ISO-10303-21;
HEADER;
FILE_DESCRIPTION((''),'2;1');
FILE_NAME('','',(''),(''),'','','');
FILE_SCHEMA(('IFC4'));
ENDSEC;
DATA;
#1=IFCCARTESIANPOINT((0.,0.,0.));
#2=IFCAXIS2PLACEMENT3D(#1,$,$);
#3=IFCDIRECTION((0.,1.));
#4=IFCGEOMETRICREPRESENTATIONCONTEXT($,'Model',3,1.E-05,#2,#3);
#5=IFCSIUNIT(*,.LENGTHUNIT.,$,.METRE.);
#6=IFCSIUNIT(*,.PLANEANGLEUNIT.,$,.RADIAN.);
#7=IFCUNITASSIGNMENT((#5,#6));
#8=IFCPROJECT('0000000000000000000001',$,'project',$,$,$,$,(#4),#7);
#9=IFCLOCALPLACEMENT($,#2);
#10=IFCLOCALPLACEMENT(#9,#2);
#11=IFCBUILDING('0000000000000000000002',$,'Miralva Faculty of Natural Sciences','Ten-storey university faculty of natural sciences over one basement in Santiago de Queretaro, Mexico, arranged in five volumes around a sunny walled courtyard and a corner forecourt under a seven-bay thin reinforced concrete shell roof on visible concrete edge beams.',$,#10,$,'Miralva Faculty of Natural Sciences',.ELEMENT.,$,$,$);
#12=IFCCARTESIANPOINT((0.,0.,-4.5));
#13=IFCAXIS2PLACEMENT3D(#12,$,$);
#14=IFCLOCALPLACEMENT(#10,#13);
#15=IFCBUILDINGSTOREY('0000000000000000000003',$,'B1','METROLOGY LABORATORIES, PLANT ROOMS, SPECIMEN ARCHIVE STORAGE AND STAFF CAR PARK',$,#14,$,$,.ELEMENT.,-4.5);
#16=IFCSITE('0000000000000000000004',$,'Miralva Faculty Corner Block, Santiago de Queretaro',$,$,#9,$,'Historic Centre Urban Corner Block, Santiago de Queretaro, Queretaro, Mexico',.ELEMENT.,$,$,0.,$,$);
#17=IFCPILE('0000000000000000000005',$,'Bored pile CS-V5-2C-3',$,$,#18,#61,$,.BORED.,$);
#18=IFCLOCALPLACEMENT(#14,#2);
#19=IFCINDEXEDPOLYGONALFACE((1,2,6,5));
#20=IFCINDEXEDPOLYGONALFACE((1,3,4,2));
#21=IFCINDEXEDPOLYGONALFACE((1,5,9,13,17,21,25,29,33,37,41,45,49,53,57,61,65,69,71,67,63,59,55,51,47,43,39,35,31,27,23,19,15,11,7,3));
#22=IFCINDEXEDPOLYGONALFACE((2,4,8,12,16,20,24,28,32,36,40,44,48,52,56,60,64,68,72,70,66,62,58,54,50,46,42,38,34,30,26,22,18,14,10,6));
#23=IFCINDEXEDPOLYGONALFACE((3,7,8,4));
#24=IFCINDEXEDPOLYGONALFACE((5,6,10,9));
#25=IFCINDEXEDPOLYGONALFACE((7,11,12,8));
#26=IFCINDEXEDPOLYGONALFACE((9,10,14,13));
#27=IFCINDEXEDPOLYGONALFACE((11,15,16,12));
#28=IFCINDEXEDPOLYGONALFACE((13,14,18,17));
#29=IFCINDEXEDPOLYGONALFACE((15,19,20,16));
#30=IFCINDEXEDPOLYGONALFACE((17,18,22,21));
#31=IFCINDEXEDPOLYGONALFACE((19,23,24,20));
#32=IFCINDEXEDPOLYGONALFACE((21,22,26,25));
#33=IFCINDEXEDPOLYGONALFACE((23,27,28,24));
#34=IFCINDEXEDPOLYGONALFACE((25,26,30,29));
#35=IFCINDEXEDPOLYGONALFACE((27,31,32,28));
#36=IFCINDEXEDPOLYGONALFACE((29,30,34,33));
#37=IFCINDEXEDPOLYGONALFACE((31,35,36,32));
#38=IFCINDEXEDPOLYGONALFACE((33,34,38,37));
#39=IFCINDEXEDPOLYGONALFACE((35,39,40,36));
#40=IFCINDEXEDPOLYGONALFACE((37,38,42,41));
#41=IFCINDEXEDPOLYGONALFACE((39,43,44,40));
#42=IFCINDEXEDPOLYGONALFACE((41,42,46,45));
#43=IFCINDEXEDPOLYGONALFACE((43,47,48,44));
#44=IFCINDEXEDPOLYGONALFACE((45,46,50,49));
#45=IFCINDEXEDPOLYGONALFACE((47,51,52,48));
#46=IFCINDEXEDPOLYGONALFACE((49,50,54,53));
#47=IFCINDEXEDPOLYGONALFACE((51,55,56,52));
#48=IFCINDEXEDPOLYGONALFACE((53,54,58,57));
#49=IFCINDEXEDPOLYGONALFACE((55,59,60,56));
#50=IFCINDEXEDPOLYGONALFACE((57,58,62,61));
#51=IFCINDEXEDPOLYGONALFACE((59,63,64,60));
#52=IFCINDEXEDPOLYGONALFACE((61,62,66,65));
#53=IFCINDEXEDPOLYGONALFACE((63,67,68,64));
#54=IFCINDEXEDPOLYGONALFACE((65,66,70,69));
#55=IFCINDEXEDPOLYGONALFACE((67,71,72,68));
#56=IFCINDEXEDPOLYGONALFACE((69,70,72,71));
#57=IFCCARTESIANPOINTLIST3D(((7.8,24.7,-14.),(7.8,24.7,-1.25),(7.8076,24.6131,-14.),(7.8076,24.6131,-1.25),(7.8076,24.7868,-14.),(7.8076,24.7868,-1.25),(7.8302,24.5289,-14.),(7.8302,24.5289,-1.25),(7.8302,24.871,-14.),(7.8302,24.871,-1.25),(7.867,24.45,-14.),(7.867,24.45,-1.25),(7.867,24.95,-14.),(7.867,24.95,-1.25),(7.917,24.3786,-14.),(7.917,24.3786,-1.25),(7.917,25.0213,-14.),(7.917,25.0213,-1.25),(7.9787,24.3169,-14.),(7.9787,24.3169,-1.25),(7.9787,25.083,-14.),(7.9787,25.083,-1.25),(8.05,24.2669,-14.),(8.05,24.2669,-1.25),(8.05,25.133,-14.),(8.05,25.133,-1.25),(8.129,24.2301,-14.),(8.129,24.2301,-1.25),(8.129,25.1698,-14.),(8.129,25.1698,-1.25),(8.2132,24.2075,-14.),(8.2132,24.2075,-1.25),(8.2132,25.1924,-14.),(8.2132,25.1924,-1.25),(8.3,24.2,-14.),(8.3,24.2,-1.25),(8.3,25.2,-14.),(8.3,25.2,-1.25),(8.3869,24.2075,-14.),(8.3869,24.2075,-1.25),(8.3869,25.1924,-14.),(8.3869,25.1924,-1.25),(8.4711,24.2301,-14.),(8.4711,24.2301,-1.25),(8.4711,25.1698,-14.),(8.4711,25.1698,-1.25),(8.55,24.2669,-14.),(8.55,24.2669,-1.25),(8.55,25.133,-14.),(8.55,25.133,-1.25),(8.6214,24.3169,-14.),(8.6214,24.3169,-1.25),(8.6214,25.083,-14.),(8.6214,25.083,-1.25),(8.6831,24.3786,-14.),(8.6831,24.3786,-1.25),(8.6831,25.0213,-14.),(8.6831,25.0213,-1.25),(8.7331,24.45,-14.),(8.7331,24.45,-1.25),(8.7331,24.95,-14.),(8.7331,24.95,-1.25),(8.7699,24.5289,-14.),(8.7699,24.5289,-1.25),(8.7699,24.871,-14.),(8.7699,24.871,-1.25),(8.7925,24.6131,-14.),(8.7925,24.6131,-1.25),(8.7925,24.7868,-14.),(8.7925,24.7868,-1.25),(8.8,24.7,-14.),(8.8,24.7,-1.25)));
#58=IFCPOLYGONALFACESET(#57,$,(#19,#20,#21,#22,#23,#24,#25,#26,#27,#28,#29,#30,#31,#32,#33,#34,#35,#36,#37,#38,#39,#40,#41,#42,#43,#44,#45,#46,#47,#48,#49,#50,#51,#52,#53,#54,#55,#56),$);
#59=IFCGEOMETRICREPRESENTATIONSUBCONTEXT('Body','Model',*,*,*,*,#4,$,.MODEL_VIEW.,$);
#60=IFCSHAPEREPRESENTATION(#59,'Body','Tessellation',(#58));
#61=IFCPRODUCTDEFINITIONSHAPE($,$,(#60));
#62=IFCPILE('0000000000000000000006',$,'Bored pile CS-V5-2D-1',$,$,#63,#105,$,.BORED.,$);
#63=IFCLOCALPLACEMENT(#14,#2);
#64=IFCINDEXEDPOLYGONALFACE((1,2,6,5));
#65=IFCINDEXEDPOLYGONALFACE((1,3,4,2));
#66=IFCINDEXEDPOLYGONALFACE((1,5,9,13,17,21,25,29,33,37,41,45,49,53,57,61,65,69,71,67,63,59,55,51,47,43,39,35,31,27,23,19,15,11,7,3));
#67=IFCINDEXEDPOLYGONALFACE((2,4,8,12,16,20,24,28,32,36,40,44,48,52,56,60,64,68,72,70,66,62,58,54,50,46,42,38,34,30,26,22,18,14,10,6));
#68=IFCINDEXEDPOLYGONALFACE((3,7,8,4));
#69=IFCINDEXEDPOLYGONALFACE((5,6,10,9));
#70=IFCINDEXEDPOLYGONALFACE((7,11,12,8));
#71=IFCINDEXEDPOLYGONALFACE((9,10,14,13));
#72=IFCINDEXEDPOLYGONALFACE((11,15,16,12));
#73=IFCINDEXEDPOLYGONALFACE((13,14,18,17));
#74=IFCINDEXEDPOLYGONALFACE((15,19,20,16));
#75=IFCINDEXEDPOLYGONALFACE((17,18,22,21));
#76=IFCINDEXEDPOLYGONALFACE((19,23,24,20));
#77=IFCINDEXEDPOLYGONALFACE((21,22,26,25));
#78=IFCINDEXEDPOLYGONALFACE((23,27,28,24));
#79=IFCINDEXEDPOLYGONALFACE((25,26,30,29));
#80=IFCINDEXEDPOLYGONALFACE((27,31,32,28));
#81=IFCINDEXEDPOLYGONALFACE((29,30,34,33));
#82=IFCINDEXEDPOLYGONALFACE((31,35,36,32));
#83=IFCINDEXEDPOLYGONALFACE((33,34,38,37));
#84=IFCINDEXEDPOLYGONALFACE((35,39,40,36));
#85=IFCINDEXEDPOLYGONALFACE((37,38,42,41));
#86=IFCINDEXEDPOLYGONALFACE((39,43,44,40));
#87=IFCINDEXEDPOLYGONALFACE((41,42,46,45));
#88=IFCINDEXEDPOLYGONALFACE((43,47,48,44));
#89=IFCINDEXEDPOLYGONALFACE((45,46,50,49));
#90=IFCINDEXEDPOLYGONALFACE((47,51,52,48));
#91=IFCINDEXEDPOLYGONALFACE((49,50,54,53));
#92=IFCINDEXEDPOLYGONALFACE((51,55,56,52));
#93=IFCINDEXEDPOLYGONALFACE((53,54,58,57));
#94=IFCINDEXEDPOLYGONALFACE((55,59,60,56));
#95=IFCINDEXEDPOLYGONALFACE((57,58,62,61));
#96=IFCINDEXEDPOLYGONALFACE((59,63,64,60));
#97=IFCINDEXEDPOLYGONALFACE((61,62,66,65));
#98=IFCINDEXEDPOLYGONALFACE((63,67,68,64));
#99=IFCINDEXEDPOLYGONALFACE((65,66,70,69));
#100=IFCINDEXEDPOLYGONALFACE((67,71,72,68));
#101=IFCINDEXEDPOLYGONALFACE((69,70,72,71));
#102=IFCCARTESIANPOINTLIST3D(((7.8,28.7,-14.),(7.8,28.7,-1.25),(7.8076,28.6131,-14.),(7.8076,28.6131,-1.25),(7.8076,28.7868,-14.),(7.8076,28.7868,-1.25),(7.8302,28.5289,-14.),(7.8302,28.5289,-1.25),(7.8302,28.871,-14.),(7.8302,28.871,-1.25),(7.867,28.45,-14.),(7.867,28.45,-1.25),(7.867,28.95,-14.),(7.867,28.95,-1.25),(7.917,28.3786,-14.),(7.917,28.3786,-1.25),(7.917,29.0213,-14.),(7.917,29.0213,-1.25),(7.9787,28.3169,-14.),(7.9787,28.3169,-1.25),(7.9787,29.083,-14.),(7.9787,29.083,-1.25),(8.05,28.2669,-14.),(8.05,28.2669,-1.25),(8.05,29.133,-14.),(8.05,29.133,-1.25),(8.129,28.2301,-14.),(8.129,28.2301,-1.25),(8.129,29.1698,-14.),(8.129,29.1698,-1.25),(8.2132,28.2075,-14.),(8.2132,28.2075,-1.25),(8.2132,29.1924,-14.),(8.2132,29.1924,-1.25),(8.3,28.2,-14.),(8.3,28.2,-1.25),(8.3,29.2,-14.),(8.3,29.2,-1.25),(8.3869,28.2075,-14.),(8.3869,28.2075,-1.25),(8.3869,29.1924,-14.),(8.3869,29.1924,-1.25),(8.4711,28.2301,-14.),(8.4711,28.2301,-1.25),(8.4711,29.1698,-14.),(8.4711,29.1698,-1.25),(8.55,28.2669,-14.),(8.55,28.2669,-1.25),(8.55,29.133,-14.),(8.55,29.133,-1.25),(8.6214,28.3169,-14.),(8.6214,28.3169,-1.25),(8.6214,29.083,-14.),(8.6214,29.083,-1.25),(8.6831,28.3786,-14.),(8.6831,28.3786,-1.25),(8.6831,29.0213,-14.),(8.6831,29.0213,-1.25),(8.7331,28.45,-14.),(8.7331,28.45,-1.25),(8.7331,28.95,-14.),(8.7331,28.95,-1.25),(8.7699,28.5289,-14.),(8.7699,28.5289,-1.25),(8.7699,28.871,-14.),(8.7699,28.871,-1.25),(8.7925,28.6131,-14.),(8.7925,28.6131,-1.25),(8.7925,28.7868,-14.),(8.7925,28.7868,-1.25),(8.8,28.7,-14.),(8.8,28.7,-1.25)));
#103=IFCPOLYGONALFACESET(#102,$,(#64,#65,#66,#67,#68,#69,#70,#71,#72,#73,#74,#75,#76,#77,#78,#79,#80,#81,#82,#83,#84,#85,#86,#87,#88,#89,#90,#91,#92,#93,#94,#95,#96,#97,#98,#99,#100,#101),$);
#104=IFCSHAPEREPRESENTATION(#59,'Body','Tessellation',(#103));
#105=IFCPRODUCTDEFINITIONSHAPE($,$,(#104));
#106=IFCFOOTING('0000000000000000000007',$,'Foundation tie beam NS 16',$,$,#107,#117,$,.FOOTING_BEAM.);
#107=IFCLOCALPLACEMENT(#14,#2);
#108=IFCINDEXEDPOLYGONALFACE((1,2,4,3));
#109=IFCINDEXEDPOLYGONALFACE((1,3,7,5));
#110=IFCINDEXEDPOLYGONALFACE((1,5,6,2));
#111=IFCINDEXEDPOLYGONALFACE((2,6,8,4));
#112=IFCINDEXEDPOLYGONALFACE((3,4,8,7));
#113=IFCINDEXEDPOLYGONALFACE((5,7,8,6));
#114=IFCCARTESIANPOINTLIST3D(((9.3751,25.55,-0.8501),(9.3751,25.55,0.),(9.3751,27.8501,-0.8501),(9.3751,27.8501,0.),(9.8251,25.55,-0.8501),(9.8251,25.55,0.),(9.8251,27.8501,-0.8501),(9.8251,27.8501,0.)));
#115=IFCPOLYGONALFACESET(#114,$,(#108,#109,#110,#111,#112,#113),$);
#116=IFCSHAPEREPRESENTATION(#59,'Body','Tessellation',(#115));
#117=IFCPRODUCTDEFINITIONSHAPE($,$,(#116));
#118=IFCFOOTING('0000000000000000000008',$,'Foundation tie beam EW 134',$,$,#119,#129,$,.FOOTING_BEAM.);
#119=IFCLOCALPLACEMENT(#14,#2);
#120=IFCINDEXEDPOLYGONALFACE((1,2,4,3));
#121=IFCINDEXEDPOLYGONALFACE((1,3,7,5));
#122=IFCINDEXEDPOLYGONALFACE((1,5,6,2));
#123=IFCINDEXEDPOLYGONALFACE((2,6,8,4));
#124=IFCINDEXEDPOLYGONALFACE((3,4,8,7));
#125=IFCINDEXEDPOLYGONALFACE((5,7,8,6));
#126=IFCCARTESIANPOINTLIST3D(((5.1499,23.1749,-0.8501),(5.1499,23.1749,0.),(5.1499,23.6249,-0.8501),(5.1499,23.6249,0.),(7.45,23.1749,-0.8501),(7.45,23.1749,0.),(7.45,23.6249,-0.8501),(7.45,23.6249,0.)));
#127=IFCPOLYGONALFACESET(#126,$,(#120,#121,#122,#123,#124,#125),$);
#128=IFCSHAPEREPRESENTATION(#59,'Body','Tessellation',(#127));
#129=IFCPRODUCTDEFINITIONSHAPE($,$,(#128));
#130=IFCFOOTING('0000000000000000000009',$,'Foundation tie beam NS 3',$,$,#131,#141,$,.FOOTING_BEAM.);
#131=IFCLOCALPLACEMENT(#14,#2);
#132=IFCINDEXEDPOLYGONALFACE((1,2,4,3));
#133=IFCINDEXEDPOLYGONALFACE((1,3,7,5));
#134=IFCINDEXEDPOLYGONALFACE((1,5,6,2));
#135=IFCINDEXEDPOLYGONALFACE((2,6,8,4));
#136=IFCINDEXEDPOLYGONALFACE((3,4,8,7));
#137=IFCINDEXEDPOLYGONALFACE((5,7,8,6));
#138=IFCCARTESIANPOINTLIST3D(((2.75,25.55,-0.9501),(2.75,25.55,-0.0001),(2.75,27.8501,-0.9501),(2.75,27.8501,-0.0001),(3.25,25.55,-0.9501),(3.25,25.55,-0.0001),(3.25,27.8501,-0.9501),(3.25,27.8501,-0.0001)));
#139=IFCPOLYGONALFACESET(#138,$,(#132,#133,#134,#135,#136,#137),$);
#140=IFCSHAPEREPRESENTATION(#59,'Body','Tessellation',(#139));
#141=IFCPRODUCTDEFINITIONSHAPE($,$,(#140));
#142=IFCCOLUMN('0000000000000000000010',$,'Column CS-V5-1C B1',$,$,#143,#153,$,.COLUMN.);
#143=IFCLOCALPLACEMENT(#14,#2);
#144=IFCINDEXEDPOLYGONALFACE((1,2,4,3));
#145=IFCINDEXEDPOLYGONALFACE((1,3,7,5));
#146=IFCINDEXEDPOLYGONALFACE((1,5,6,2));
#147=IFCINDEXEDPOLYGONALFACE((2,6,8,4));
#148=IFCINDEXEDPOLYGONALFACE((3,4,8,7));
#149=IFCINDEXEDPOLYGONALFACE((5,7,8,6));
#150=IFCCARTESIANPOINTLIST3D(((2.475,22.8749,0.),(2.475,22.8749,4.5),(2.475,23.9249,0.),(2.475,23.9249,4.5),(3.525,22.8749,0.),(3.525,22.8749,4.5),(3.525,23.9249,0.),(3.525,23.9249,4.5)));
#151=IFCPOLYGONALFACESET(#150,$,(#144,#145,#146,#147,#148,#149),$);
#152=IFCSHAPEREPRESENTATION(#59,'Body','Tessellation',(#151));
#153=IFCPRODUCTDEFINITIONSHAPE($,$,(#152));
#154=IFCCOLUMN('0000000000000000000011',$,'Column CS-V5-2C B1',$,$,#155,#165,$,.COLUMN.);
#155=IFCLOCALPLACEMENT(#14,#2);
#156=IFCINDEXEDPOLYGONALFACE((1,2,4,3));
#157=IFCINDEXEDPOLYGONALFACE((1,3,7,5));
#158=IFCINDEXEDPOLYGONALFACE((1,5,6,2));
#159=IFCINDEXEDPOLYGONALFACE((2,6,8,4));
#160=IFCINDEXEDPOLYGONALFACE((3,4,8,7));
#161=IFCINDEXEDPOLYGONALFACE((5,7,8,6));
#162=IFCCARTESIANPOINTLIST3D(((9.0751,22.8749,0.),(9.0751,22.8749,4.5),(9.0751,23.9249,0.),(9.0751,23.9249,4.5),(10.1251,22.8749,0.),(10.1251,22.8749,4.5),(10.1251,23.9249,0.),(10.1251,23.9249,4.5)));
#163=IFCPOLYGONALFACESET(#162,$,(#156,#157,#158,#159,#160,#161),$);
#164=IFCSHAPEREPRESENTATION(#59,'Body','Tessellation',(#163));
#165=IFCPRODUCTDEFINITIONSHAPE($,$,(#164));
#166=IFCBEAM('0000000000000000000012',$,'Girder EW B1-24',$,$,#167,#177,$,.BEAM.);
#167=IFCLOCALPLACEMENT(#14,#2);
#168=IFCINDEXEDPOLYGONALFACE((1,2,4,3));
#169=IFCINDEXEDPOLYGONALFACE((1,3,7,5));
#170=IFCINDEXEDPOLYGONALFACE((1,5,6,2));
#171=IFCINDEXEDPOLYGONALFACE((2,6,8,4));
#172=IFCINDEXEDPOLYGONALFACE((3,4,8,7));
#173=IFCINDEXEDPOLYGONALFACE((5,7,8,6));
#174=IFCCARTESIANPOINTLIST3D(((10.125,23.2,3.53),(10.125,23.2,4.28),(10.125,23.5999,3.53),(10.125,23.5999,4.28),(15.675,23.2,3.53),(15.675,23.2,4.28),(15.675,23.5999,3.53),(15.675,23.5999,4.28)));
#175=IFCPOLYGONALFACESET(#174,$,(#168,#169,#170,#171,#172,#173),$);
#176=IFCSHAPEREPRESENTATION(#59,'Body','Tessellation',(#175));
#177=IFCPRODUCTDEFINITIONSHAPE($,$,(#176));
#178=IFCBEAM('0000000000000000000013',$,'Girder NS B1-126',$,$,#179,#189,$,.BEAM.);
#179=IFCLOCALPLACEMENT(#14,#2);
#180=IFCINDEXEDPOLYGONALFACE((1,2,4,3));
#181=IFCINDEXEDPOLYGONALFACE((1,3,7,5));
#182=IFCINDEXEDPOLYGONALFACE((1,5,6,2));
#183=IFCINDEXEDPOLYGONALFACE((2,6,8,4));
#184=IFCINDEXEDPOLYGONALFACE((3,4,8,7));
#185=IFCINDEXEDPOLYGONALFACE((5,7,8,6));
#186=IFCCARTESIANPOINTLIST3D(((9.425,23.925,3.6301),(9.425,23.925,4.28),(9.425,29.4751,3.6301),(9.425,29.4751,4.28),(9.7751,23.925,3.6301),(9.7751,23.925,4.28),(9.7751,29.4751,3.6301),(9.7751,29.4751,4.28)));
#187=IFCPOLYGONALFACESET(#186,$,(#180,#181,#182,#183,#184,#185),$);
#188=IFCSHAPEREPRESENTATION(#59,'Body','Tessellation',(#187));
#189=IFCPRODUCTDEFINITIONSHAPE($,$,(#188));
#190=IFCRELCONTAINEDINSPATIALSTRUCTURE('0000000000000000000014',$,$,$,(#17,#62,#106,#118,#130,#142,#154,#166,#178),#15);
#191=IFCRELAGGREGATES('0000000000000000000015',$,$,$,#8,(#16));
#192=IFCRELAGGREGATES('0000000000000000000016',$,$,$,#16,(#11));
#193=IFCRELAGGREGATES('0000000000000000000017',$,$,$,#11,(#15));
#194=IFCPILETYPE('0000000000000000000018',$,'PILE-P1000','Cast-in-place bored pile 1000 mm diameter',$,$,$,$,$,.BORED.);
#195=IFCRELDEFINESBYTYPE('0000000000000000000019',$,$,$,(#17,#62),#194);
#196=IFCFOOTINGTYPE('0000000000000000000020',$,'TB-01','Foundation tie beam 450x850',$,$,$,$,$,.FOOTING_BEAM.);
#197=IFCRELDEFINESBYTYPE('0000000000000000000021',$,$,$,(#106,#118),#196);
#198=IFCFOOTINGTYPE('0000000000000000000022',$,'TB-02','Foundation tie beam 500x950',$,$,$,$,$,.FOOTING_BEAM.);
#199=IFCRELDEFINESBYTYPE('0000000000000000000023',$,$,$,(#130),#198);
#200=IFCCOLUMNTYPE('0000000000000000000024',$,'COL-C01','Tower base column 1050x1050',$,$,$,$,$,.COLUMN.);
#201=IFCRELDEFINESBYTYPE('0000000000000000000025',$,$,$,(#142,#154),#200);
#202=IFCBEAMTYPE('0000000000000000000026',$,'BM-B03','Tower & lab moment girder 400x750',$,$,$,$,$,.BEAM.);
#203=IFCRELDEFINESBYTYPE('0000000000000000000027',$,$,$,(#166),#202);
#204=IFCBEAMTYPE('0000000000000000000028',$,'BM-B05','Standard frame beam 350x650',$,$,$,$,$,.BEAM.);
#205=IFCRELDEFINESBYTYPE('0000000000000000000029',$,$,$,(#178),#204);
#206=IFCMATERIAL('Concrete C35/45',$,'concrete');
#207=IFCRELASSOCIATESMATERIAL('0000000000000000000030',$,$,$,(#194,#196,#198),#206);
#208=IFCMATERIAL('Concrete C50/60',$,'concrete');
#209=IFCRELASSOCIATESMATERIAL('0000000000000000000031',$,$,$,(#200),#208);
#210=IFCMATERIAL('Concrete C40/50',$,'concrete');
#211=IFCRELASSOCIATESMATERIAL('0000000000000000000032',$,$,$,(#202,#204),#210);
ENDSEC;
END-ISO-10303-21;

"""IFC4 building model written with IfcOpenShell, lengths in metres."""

from ifc_helpers import new_model, si_unit, direction, frame, origin, origin_2d, place, context, subcontext, project, spatial, rectangle, circle, extrude, material, material_profile, profile_set, type_object, element, save


model = new_model("IFC4")

# Units and contexts
model_context = context("Model", 3, precision=1e-05, world=origin(), true_north=direction((0.0, 1.0)))
body_context = subcontext(model_context, "Body", "Model", "MODEL_VIEW")
ifc_project = project(units=[si_unit("LENGTHUNIT", "METRE"), si_unit("PLANEANGLEUNIT", "RADIAN")], contexts=[model_context])

# Site, building, storey
site_placement = place(None, origin())
site = spatial("IfcSite", under=ifc_project, at=site_placement, Name="Miralva Faculty Corner Block, Santiago de Queretaro", LongName="Historic Centre Urban Corner Block, Santiago de Queretaro, Queretaro, Mexico", CompositionType="ELEMENT", RefElevation=0.0)
building_placement = place(site_placement, origin())
building = spatial("IfcBuilding", under=site, at=building_placement, Name="Miralva Faculty of Natural Sciences", Description="Ten-storey university faculty of natural sciences over one basement in Santiago de Queretaro, Mexico, arranged in five volumes around a sunny walled courtyard and a corner forecourt under a seven-bay thin reinforced concrete shell roof on visible concrete edge beams.", LongName="Miralva Faculty of Natural Sciences", CompositionType="ELEMENT")
storey_placement = place(building_placement, frame((0.0, 0.0, -4.5)))
storey = spatial("IfcBuildingStorey", under=building, at=storey_placement, Name="B1", Description="METROLOGY LABORATORIES, PLANT ROOMS, SPECIMEN ARCHIVE STORAGE AND STAFF CAR PARK", CompositionType="ELEMENT", Elevation=-4.5)

# Shared definitions
ifc_material_1 = material(Name="Concrete C35/45", Category="concrete")

# Piles
ifc_material_profile_1 = material_profile(ifc_material_1, circle(Radius=0.5, at=origin_2d()), Name="BORED PILE 1000")
ifc_profile_set_1 = profile_set([ifc_material_profile_1], Name="Concrete C35/45")
pile_type = type_object("IfcPileType", Name="PILE-P1000", Description="Cast-in-place bored pile 1000 mm diameter", PredefinedType="BORED", material=ifc_profile_set_1)
for number, where, z_axis, x_axis, name in (
    (1, (8.3, 24.7, -1.25), (0.0, 0.0, -1.0), (1.0, 0.0, 0.0), "Bored pile CS-V5-2C-3"),
    (2, (8.3, 28.7, -1.25), (0.0, 0.0, -1.0), (1.0, 0.0, 0.0), "Bored pile CS-V5-2D-1"),
):
    element("IfcPile", number, at=place(storey_placement, frame(where, z_axis=z_axis, x_axis=x_axis)), inside=storey, type_object=pile_type, Name=name, PredefinedType="BORED", context=body_context, shape_type="SweptSolid", body=[
        extrude(circle(Radius=0.5, at=origin_2d()), origin(), (0.0, 0.0, 1.0), 12.75),
    ])

# Footings
ifc_material_profile_2 = material_profile(ifc_material_1, rectangle(XDim=0.45, YDim=0.8501, at=origin_2d()), Name="RC 450x850")
ifc_profile_set_2 = profile_set([ifc_material_profile_2], Name="Concrete C35/45")
footing_type_1 = type_object("IfcFootingType", Name="TB-01", Description="Foundation tie beam 450x850", PredefinedType="FOOTING_BEAM", material=ifc_profile_set_2)
for number, where, z_axis, x_axis, name in (
    (3, (9.6001, 25.55, -0.425), (0.0, 1.0, 0.0), (-1.0, 0.0, 0.0), "Foundation tie beam NS 16"),
    (4, (5.1499, 23.3999, -0.425), (1.0, 0.0, 0.0), (0.0, 1.0, 0.0), "Foundation tie beam EW 134"),
):
    element("IfcFooting", number, at=place(storey_placement, frame(where, z_axis=z_axis, x_axis=x_axis)), inside=storey, type_object=footing_type_1, Name=name, PredefinedType="FOOTING_BEAM", context=body_context, shape_type="SweptSolid", body=[
        extrude(rectangle(XDim=0.45, YDim=0.8501, at=origin_2d()), origin(), (0.0, 0.0, 1.0), 2.3),
    ])
ifc_material_profile_3 = material_profile(ifc_material_1, rectangle(XDim=0.5, YDim=0.95, at=origin_2d()), Name="RC 500x950")
ifc_profile_set_3 = profile_set([ifc_material_profile_3], Name="Concrete C35/45")
footing_type_2 = type_object("IfcFootingType", Name="TB-02", Description="Foundation tie beam 500x950", PredefinedType="FOOTING_BEAM", material=ifc_profile_set_3)
footing_placement = place(storey_placement, frame((3.0, 25.55, -0.4751), z_axis=(0.0, 1.0, 0.0), x_axis=(-1.0, 0.0, 0.0)))
element("IfcFooting", 5, at=footing_placement, inside=storey, type_object=footing_type_2, Name="Foundation tie beam NS 3", PredefinedType="FOOTING_BEAM", context=body_context, shape_type="SweptSolid", body=[
    extrude(rectangle(XDim=0.5, YDim=0.95, at=origin_2d()), origin(), (0.0, 0.0, 1.0), 2.3),
])

# Columns
ifc_material_2 = material(Name="Concrete C50/60", Category="concrete")
ifc_material_profile_4 = material_profile(ifc_material_2, rectangle(XDim=1.05, YDim=1.05, at=origin_2d()), Name="RC 1050x1050")
ifc_profile_set_4 = profile_set([ifc_material_profile_4], Name="Concrete C50/60")
column_type = type_object("IfcColumnType", Name="COL-C01", Description="Tower base column 1050x1050", PredefinedType="COLUMN", material=ifc_profile_set_4)
for number, where, z_axis, x_axis, name in (
    (6, (3.0, 23.3999, 0.0), (0.0, 0.0, 1.0), (1.0, 0.0, 0.0), "Column CS-V5-1C B1"),
    (7, (9.6001, 23.3999, 0.0), (0.0, 0.0, 1.0), (1.0, 0.0, 0.0), "Column CS-V5-2C B1"),
):
    element("IfcColumn", number, at=place(storey_placement, frame(where, z_axis=z_axis, x_axis=x_axis)), inside=storey, type_object=column_type, Name=name, PredefinedType="COLUMN", context=body_context, shape_type="SweptSolid", body=[
        extrude(rectangle(XDim=1.05, YDim=1.05, at=origin_2d()), origin(), (0.0, 0.0, 1.0), 4.5),
    ])

# Beams
ifc_material_3 = material(Name="Concrete C40/50", Category="concrete")
ifc_material_profile_5 = material_profile(ifc_material_3, rectangle(XDim=0.3999, YDim=0.75, at=origin_2d()), Name="RC 400x750")
ifc_profile_set_5 = profile_set([ifc_material_profile_5], Name="Concrete C40/50")
beam_type_1 = type_object("IfcBeamType", Name="BM-B03", Description="Tower & lab moment girder 400x750", PredefinedType="BEAM", material=ifc_profile_set_5)
beam_1_placement = place(storey_placement, frame((10.125, 23.3999, 3.905), z_axis=(1.0, 0.0, 0.0), x_axis=(0.0, 1.0, 0.0)))
element("IfcBeam", 8, at=beam_1_placement, inside=storey, type_object=beam_type_1, Name="Girder EW B1-24", PredefinedType="BEAM", context=body_context, shape_type="SweptSolid", body=[
    extrude(rectangle(XDim=0.3999, YDim=0.75, at=origin_2d()), origin(), (0.0, 0.0, 1.0), 5.55),
])
ifc_material_profile_6 = material_profile(ifc_material_3, rectangle(XDim=0.3501, YDim=0.6499, at=origin_2d()), Name="RC 350x650")
ifc_profile_set_6 = profile_set([ifc_material_profile_6], Name="Concrete C40/50")
beam_type_2 = type_object("IfcBeamType", Name="BM-B05", Description="Standard frame beam 350x650", PredefinedType="BEAM", material=ifc_profile_set_6)
beam_2_placement = place(storey_placement, frame((9.6001, 23.925, 3.9551), z_axis=(0.0, 1.0, 0.0), x_axis=(-1.0, 0.0, 0.0)))
element("IfcBeam", 9, at=beam_2_placement, inside=storey, type_object=beam_type_2, Name="Girder NS B1-126", PredefinedType="BEAM", context=body_context, shape_type="SweptSolid", body=[
    extrude(rectangle(XDim=0.3501, YDim=0.6499, at=origin_2d()), origin(), (0.0, 0.0, 1.0), 5.55),
])

save(model, "model.ifc")
